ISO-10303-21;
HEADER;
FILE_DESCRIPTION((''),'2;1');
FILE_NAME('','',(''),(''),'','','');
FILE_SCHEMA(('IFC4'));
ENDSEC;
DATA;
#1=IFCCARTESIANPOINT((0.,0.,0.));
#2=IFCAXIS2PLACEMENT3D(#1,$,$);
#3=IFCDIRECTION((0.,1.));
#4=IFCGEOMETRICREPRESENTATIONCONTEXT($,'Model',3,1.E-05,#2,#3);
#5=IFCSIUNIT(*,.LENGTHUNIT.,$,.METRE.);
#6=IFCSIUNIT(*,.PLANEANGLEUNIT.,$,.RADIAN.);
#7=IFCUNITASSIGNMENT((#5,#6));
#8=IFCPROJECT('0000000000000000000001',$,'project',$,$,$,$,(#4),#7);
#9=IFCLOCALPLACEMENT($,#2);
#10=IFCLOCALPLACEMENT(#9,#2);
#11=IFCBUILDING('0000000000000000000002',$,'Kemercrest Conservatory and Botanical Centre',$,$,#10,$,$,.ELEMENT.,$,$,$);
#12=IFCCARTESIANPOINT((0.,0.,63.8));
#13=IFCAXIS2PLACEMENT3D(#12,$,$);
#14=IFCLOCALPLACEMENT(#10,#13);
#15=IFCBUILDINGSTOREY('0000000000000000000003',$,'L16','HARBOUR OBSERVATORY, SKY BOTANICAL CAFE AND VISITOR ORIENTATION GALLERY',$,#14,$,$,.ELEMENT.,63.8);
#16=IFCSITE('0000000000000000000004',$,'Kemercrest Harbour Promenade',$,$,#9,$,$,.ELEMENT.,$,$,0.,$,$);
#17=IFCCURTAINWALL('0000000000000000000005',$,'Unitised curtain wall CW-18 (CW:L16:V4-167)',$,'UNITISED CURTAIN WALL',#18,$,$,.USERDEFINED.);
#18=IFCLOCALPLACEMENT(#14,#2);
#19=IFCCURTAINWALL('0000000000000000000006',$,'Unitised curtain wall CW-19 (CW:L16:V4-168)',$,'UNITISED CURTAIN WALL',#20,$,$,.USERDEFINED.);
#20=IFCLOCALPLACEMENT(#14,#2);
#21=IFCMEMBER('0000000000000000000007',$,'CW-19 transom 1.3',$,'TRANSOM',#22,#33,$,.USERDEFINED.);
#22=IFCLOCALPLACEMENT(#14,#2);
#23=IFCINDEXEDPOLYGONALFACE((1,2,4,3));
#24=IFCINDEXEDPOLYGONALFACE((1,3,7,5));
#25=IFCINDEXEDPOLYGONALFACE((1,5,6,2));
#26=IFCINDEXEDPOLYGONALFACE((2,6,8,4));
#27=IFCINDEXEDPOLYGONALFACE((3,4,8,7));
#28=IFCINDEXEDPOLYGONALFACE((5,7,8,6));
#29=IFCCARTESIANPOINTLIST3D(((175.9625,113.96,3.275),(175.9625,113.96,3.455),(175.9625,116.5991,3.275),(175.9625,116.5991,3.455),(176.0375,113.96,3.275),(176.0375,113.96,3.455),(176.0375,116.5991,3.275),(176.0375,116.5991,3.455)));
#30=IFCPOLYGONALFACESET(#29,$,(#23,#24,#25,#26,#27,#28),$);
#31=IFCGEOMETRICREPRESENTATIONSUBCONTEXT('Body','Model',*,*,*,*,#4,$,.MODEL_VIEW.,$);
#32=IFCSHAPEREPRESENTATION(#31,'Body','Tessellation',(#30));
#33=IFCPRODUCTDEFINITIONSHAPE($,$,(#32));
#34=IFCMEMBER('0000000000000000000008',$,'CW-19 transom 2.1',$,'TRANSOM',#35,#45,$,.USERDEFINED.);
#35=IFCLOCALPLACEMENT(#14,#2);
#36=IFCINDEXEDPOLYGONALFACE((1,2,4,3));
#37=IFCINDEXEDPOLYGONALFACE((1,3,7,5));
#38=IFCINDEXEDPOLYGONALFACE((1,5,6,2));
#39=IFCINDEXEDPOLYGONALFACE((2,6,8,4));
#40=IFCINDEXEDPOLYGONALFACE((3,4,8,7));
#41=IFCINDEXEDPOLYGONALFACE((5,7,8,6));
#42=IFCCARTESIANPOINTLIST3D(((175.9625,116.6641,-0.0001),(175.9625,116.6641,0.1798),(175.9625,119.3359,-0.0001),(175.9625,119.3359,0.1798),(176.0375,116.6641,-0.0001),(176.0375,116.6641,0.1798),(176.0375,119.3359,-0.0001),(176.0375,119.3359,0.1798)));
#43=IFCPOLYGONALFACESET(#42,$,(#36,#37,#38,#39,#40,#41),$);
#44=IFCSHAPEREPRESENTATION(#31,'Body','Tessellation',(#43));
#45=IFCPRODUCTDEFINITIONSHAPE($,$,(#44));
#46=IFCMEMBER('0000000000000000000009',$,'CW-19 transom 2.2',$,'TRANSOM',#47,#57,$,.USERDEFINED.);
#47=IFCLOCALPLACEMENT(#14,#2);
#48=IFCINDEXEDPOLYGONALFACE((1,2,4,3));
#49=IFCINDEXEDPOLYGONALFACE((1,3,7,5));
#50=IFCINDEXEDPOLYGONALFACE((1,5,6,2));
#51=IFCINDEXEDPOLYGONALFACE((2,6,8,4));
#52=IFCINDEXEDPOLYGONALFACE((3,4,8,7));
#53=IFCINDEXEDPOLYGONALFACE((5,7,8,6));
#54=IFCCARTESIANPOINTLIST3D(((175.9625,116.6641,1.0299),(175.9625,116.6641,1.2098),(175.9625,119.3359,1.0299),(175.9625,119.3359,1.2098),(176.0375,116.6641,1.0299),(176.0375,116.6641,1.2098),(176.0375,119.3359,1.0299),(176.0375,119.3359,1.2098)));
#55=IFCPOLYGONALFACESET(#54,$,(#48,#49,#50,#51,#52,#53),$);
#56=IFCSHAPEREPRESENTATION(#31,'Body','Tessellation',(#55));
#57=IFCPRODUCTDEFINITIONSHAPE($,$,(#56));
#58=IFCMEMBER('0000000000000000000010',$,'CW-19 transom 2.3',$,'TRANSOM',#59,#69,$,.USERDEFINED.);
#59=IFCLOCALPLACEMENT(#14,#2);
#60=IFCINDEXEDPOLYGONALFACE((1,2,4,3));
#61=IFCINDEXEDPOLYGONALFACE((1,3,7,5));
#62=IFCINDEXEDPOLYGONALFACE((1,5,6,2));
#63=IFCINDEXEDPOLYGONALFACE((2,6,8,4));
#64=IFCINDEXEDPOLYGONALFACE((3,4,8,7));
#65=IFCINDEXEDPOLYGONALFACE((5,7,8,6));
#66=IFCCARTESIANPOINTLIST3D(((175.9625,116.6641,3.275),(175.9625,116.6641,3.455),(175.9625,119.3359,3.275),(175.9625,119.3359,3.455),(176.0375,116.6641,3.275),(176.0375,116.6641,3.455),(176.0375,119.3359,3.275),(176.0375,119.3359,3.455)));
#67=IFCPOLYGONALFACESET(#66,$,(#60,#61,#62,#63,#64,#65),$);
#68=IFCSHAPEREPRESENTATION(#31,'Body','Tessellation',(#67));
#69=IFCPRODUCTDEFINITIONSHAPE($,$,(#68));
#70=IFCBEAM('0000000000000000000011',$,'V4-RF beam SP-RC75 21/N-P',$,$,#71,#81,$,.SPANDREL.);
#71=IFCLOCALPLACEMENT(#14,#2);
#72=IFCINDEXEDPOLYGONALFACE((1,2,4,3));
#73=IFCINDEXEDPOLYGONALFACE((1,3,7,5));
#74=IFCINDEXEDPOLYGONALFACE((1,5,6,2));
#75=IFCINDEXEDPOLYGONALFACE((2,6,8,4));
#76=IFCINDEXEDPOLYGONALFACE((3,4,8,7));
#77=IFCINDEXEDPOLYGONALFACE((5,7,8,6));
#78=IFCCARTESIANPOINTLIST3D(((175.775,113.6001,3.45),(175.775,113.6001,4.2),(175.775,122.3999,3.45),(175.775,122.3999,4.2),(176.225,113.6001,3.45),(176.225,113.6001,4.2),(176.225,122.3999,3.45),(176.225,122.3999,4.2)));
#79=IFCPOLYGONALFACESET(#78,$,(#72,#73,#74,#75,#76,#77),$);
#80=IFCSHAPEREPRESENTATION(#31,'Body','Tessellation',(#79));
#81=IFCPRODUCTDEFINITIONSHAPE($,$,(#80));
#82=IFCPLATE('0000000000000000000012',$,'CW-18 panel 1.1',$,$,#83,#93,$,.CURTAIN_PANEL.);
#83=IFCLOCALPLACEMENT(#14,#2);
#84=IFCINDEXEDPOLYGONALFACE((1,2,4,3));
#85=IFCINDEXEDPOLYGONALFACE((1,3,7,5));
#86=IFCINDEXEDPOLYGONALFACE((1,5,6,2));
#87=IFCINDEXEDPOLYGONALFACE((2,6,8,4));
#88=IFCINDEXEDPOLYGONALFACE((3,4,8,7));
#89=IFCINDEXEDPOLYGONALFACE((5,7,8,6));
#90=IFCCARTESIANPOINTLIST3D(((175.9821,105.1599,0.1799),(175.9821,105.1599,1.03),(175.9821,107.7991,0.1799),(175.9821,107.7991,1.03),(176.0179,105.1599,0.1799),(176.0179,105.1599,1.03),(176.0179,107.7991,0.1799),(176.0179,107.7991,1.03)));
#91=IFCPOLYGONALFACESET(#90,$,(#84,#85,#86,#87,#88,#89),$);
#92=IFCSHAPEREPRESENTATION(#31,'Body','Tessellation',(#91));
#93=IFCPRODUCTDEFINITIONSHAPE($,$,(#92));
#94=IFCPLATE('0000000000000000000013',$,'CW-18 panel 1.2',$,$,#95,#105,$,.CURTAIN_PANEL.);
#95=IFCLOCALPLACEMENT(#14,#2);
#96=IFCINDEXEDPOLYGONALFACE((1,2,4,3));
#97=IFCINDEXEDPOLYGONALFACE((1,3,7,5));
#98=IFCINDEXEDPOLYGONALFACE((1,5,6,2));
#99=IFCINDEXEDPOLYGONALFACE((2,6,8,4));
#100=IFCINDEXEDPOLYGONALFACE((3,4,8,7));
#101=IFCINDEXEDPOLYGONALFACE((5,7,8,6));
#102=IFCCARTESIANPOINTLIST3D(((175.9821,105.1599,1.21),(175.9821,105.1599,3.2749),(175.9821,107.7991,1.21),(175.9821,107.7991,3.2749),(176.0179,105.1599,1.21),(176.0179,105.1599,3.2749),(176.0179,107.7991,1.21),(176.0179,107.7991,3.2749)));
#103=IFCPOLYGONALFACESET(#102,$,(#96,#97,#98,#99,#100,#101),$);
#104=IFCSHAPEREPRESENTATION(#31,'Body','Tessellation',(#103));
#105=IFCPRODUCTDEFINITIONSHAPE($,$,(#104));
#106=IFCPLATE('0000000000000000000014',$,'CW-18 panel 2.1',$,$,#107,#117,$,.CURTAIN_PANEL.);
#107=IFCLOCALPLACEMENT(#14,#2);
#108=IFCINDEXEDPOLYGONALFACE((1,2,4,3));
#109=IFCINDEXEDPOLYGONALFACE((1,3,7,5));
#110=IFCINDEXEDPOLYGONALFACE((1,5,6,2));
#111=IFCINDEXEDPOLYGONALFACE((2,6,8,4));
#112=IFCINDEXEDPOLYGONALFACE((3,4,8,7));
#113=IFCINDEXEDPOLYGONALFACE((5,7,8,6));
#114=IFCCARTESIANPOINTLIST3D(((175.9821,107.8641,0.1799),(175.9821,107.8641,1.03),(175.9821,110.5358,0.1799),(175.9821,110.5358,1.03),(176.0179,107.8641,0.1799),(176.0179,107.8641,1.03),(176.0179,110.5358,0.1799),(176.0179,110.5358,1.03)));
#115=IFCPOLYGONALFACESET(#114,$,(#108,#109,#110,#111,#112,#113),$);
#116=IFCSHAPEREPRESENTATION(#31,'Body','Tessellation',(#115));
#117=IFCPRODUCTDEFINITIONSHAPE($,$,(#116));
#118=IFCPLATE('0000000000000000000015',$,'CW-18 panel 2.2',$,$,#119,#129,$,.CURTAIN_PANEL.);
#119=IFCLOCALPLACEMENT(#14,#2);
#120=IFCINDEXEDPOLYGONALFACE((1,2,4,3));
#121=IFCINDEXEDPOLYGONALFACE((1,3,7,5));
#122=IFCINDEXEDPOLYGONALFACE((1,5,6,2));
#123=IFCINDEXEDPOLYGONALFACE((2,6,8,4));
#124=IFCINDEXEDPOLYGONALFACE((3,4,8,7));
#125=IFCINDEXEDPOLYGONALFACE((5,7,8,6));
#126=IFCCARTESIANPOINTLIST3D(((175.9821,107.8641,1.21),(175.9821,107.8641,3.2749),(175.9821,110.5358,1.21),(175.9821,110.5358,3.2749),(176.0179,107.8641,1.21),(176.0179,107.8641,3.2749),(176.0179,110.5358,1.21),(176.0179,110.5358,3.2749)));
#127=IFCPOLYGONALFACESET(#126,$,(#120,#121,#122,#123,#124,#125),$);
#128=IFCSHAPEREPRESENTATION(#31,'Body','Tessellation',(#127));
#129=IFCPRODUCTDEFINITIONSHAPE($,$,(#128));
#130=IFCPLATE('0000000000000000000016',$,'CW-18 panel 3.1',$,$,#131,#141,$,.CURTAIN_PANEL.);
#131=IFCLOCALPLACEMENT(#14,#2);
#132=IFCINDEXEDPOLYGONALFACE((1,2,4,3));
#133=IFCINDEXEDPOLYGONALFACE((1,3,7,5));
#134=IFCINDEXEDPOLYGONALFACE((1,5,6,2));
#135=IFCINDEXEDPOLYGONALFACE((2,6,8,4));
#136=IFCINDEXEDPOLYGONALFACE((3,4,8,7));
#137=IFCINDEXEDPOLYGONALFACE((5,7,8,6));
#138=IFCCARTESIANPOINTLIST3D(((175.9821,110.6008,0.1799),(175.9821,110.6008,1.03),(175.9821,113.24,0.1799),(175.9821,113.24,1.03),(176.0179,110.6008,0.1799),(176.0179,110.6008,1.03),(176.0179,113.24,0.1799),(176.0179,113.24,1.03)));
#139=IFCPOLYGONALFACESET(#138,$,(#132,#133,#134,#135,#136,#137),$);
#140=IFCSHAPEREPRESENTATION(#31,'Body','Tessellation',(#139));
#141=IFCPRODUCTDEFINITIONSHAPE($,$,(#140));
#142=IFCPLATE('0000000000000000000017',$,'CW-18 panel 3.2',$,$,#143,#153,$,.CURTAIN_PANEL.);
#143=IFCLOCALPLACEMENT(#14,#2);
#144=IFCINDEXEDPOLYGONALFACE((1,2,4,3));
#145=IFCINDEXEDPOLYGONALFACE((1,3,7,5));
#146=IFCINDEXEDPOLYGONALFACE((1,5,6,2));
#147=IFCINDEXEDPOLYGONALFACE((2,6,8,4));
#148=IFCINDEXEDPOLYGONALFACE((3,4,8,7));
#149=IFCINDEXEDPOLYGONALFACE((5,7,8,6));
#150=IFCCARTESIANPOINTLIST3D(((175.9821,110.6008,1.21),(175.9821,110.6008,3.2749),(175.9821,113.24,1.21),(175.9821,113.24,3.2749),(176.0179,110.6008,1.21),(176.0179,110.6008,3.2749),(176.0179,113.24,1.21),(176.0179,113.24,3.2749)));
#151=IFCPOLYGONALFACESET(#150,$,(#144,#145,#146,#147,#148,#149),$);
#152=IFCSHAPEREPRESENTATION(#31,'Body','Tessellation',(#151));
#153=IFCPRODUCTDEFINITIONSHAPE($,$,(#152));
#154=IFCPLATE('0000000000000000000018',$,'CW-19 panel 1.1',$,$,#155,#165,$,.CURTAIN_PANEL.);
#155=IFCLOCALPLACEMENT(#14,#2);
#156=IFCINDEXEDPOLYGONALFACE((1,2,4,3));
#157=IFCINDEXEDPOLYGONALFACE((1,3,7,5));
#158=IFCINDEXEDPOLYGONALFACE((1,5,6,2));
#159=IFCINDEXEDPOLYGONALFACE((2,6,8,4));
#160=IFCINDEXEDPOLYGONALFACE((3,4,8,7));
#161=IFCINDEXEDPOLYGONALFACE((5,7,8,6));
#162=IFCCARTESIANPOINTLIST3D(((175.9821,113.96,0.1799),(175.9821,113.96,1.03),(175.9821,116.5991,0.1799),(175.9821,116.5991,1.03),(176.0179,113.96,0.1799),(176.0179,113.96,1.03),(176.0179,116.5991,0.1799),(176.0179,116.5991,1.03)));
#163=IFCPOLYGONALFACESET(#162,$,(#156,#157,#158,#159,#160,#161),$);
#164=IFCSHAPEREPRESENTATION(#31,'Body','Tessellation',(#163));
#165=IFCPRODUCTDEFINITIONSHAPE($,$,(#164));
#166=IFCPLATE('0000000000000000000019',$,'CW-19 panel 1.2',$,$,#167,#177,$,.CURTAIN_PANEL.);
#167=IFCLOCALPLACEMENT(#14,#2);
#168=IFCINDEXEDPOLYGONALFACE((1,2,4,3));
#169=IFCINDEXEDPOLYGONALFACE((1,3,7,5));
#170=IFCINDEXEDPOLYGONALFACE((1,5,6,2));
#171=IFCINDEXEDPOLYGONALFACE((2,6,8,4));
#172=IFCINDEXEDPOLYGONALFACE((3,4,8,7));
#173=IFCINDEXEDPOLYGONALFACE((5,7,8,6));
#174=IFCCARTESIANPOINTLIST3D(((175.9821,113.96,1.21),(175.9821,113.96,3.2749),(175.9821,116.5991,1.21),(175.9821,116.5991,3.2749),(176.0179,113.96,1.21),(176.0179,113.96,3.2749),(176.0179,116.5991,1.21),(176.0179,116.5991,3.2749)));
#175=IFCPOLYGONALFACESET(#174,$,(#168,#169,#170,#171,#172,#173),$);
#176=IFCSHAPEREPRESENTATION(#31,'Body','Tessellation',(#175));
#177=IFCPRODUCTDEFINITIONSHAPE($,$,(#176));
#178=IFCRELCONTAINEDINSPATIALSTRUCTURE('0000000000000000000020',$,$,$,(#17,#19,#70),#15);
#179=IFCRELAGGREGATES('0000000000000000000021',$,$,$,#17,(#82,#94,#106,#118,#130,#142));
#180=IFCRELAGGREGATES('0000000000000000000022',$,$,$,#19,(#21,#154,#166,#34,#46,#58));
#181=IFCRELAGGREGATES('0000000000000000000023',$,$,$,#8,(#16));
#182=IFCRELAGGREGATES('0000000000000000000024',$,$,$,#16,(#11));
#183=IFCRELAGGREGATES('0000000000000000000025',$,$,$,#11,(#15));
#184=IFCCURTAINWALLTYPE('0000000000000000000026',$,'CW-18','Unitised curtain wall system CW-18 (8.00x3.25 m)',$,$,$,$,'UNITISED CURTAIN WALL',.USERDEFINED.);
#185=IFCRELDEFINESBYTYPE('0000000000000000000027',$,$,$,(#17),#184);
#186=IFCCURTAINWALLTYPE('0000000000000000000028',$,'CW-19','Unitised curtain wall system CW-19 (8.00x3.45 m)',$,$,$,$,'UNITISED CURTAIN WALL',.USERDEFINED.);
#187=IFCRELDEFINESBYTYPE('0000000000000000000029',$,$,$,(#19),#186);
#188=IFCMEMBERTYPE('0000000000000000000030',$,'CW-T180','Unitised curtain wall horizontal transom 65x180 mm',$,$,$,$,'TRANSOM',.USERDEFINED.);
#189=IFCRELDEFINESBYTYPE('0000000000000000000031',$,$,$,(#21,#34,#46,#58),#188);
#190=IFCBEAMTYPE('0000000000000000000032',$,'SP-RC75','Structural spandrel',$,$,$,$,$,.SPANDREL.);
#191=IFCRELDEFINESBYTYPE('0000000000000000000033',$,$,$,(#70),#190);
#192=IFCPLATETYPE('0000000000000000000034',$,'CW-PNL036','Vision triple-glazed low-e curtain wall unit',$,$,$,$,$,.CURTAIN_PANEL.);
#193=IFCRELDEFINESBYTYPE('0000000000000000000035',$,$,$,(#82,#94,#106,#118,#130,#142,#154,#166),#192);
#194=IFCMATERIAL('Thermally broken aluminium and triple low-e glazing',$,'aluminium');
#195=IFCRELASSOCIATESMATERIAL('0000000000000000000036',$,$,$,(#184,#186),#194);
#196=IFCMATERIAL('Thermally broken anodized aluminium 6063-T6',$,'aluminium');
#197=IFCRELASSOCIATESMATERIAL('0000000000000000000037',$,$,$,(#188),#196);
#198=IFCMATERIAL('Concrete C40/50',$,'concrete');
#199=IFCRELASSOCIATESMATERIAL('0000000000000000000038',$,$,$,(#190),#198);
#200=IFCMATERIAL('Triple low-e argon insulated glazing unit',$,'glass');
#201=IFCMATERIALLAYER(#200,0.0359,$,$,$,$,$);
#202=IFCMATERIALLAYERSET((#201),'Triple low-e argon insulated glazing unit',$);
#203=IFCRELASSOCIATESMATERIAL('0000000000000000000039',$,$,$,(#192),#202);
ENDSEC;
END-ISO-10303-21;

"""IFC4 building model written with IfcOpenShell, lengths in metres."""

from ifc_helpers import new_model, si_unit, direction, frame, origin, origin_2d, place, context, subcontext, project, spatial, rectangle, extrude, material, layer, layer_set, material_profile, profile_set, type_object, element, aggregate, save


model = new_model("IFC4")

# Units and contexts
model_context = context("Model", 3, precision=1e-05, world=origin(), true_north=direction((0.0, 1.0)))
body_context = subcontext(model_context, "Body", "Model", "MODEL_VIEW")
ifc_project = project(units=[si_unit("LENGTHUNIT", "METRE"), si_unit("PLANEANGLEUNIT", "RADIAN")], contexts=[model_context])

# Site, building, storey
site_placement = place(None, origin())
site = spatial("IfcSite", under=ifc_project, at=site_placement, Name="Kemercrest Harbour Promenade", CompositionType="ELEMENT", RefElevation=0.0)
building_placement = place(site_placement, origin())
building = spatial("IfcBuilding", under=site, at=building_placement, Name="Kemercrest Conservatory and Botanical Centre", CompositionType="ELEMENT")
storey_placement = place(building_placement, frame((0.0, 0.0, 63.8)))
storey = spatial("IfcBuildingStorey", under=building, at=storey_placement, Name="L16", Description="HARBOUR OBSERVATORY, SKY BOTANICAL CAFE AND VISITOR ORIENTATION GALLERY", CompositionType="ELEMENT", Elevation=63.8)

# Shared definitions
ifc_material_1 = material(Name="Concrete C40/50", Category="concrete")

# Curtain walls
ifc_material_2 = material(Name="Thermally broken aluminium and triple low-e glazing", Category="aluminium")
curtain_wall_type_1 = type_object("IfcCurtainWallType", Name="CW-18", Description="Unitised curtain wall system CW-18 (8.00x3.25 m)", ElementType="UNITISED CURTAIN WALL", PredefinedType="USERDEFINED", material=ifc_material_2)
curtain_wall_1_placement = place(storey_placement, origin())
curtain_wall_1 = element("IfcCurtainWall", 1, at=curtain_wall_1_placement, inside=storey, type_object=curtain_wall_type_1, Name="Unitised curtain wall CW-18 (CW:L16:V4-167)", ObjectType="UNITISED CURTAIN WALL", PredefinedType="USERDEFINED")
ifc_material_3 = material(Name="Thermally broken anodized aluminium 6063-T6", Category="aluminium")
curtain_wall_type_2 = type_object("IfcCurtainWallType", Name="CW-19", Description="Unitised curtain wall system CW-19 (8.00x3.45 m)", ElementType="UNITISED CURTAIN WALL", PredefinedType="USERDEFINED", material=ifc_material_2)
curtain_wall_2_placement = place(storey_placement, origin())
curtain_wall_2 = element("IfcCurtainWall", 2, at=curtain_wall_2_placement, inside=storey, type_object=curtain_wall_type_2, Name="Unitised curtain wall CW-19 (CW:L16:V4-168)", ObjectType="UNITISED CURTAIN WALL", PredefinedType="USERDEFINED")

# Members
ifc_material_profile_1 = material_profile(ifc_material_3, rectangle(XDim=0.075, YDim=0.1799, at=origin_2d()), Name="AL TRANSOM 75x180")
ifc_profile_set_1 = profile_set([ifc_material_profile_1], Name="Thermally broken anodized aluminium 6063-T6")
member_type_1 = type_object("IfcMemberType", Name="CW-T180", Description="Unitised curtain wall horizontal transom 65x180 mm", ElementType="TRANSOM", PredefinedType="USERDEFINED", material=ifc_profile_set_1)
member_1_placement = place(storey_placement, frame((176.0, 113.96, 3.365), z_axis=(0.0, 1.0, 0.0), x_axis=(-1.0, 0.0, 0.0)))
member_1 = element("IfcMember", 3, at=member_1_placement, type_object=member_type_1, Name="CW-19 transom 1.3", ObjectType="TRANSOM", PredefinedType="USERDEFINED", context=body_context, shape_type="SweptSolid", body=[
    extrude(rectangle(XDim=0.075, YDim=0.1799, at=origin_2d()), origin(), (0.0, 0.0, 1.0), 2.6392),
])
member_2_placement = place(storey_placement, frame((176.0, 116.6641, 0.0898), z_axis=(0.0, 1.0, 0.0), x_axis=(-1.0, 0.0, 0.0)))
member_2 = element("IfcMember", 4, at=member_2_placement, type_object=member_type_1, Name="CW-19 transom 2.1", ObjectType="TRANSOM", PredefinedType="USERDEFINED", context=body_context, shape_type="SweptSolid", body=[
    extrude(rectangle(XDim=0.075, YDim=0.1799, at=origin_2d()), origin(), (0.0, 0.0, 1.0), 2.6719),
])
member_3_placement = place(storey_placement, frame((176.0, 116.6641, 1.1199), z_axis=(0.0, 1.0, 0.0), x_axis=(-1.0, 0.0, 0.0)))
member_3 = element("IfcMember", 5, at=member_3_placement, type_object=member_type_1, Name="CW-19 transom 2.2", ObjectType="TRANSOM", PredefinedType="USERDEFINED", context=body_context, shape_type="SweptSolid", body=[
    extrude(rectangle(XDim=0.075, YDim=0.1799, at=origin_2d()), origin(), (0.0, 0.0, 1.0), 2.6719),
])
member_4_placement = place(storey_placement, frame((176.0, 116.6641, 3.365), z_axis=(0.0, 1.0, 0.0), x_axis=(-1.0, 0.0, 0.0)))
member_4 = element("IfcMember", 6, at=member_4_placement, type_object=member_type_1, Name="CW-19 transom 2.3", ObjectType="TRANSOM", PredefinedType="USERDEFINED", context=body_context, shape_type="SweptSolid", body=[
    extrude(rectangle(XDim=0.075, YDim=0.1799, at=origin_2d()), origin(), (0.0, 0.0, 1.0), 2.6719),
])

# Beam
ifc_material_profile_2 = material_profile(ifc_material_1, rectangle(XDim=0.45, YDim=0.75, at=origin_2d()), Name="RC 450x750")
ifc_profile_set_2 = profile_set([ifc_material_profile_2], Name="Concrete C40/50")
beam_type = type_object("IfcBeamType", Name="SP-RC75", Description="Structural spandrel", PredefinedType="SPANDREL", material=ifc_profile_set_2)
beam_placement = place(storey_placement, frame((176.0, 113.6001, 3.825), z_axis=(0.0, 1.0, 0.0), x_axis=(-1.0, 0.0, 0.0)))
element("IfcBeam", 7, at=beam_placement, inside=storey, type_object=beam_type, Name="V4-RF beam SP-RC75 21/N-P", PredefinedType="SPANDREL", context=body_context, shape_type="SweptSolid", body=[
    extrude(rectangle(XDim=0.45, YDim=0.75, at=origin_2d()), origin(), (0.0, 0.0, 1.0), 8.7998),
])

# Plates
ifc_material_4 = material(Name="Triple low-e argon insulated glazing unit", Category="glass")
ifc_layer_1 = layer(ifc_material_4, 0.0359)
ifc_layer_set_1 = layer_set([ifc_layer_1], Name="Triple low-e argon insulated glazing unit")
plate_type = type_object("IfcPlateType", Name="CW-PNL036", Description="Vision triple-glazed low-e curtain wall unit", PredefinedType="CURTAIN_PANEL", material=ifc_layer_set_1)
plate_1_placement = place(storey_placement, frame((176.0, 106.4795, 0.1799), z_axis=(0.0, 0.0, 1.0), x_axis=(0.0, 1.0, 0.0)))
plate_1 = element("IfcPlate", 8, at=plate_1_placement, type_object=plate_type, Name="CW-18 panel 1.1", PredefinedType="CURTAIN_PANEL", context=body_context, shape_type="SweptSolid", body=[
    extrude(rectangle(XDim=2.6392, YDim=0.0359, at=origin_2d()), origin(), (0.0, 0.0, 1.0), 0.8501),
])
plate_2_placement = place(storey_placement, frame((176.0, 106.4795, 1.21), z_axis=(0.0, 0.0, 1.0), x_axis=(0.0, 1.0, 0.0)))
plate_2 = element("IfcPlate", 9, at=plate_2_placement, type_object=plate_type, Name="CW-18 panel 1.2", PredefinedType="CURTAIN_PANEL", context=body_context, shape_type="SweptSolid", body=[
    extrude(rectangle(XDim=2.6392, YDim=0.0359, at=origin_2d()), origin(), (0.0, 0.0, 1.0), 2.0649),
])
plate_3_placement = place(storey_placement, frame((176.0, 109.2, 0.1799), z_axis=(0.0, 0.0, 1.0), x_axis=(0.0, 1.0, 0.0)))
plate_3 = element("IfcPlate", 10, at=plate_3_placement, type_object=plate_type, Name="CW-18 panel 2.1", PredefinedType="CURTAIN_PANEL", context=body_context, shape_type="SweptSolid", body=[
    extrude(rectangle(XDim=2.6716, YDim=0.0359, at=origin_2d()), origin(), (0.0, 0.0, 1.0), 0.8501),
])
plate_4_placement = place(storey_placement, frame((176.0, 109.2, 1.21), z_axis=(0.0, 0.0, 1.0), x_axis=(0.0, 1.0, 0.0)))
plate_4 = element("IfcPlate", 11, at=plate_4_placement, type_object=plate_type, Name="CW-18 panel 2.2", PredefinedType="CURTAIN_PANEL", context=body_context, shape_type="SweptSolid", body=[
    extrude(rectangle(XDim=2.6716, YDim=0.0359, at=origin_2d()), origin(), (0.0, 0.0, 1.0), 2.0649),
])
plate_5_placement = place(storey_placement, frame((176.0, 111.9204, 0.1799), z_axis=(0.0, 0.0, 1.0), x_axis=(0.0, 1.0, 0.0)))
plate_5 = element("IfcPlate", 12, at=plate_5_placement, type_object=plate_type, Name="CW-18 panel 3.1", PredefinedType="CURTAIN_PANEL", context=body_context, shape_type="SweptSolid", body=[
    extrude(rectangle(XDim=2.6392, YDim=0.0359, at=origin_2d()), origin(), (0.0, 0.0, 1.0), 0.8501),
])
plate_6_placement = place(storey_placement, frame((176.0, 111.9204, 1.21), z_axis=(0.0, 0.0, 1.0), x_axis=(0.0, 1.0, 0.0)))
plate_6 = element("IfcPlate", 13, at=plate_6_placement, type_object=plate_type, Name="CW-18 panel 3.2", PredefinedType="CURTAIN_PANEL", context=body_context, shape_type="SweptSolid", body=[
    extrude(rectangle(XDim=2.6392, YDim=0.0359, at=origin_2d()), origin(), (0.0, 0.0, 1.0), 2.0649),
])
aggregate(curtain_wall_1, [plate_1, plate_2, plate_3, plate_4, plate_5, plate_6])
plate_7_placement = place(storey_placement, frame((176.0, 115.2795, 0.1799), z_axis=(0.0, 0.0, 1.0), x_axis=(0.0, 1.0, 0.0)))
plate_7 = element("IfcPlate", 14, at=plate_7_placement, type_object=plate_type, Name="CW-19 panel 1.1", PredefinedType="CURTAIN_PANEL", context=body_context, shape_type="SweptSolid", body=[
    extrude(rectangle(XDim=2.6392, YDim=0.0359, at=origin_2d()), origin(), (0.0, 0.0, 1.0), 0.8501),
])
plate_8_placement = place(storey_placement, frame((176.0, 115.2795, 1.21), z_axis=(0.0, 0.0, 1.0), x_axis=(0.0, 1.0, 0.0)))
plate_8 = element("IfcPlate", 15, at=plate_8_placement, type_object=plate_type, Name="CW-19 panel 1.2", PredefinedType="CURTAIN_PANEL", context=body_context, shape_type="SweptSolid", body=[
    extrude(rectangle(XDim=2.6392, YDim=0.0359, at=origin_2d()), origin(), (0.0, 0.0, 1.0), 2.0649),
])
aggregate(curtain_wall_2, [member_1, plate_7, plate_8, member_2, member_3, member_4])

save(model, "model.ifc")
